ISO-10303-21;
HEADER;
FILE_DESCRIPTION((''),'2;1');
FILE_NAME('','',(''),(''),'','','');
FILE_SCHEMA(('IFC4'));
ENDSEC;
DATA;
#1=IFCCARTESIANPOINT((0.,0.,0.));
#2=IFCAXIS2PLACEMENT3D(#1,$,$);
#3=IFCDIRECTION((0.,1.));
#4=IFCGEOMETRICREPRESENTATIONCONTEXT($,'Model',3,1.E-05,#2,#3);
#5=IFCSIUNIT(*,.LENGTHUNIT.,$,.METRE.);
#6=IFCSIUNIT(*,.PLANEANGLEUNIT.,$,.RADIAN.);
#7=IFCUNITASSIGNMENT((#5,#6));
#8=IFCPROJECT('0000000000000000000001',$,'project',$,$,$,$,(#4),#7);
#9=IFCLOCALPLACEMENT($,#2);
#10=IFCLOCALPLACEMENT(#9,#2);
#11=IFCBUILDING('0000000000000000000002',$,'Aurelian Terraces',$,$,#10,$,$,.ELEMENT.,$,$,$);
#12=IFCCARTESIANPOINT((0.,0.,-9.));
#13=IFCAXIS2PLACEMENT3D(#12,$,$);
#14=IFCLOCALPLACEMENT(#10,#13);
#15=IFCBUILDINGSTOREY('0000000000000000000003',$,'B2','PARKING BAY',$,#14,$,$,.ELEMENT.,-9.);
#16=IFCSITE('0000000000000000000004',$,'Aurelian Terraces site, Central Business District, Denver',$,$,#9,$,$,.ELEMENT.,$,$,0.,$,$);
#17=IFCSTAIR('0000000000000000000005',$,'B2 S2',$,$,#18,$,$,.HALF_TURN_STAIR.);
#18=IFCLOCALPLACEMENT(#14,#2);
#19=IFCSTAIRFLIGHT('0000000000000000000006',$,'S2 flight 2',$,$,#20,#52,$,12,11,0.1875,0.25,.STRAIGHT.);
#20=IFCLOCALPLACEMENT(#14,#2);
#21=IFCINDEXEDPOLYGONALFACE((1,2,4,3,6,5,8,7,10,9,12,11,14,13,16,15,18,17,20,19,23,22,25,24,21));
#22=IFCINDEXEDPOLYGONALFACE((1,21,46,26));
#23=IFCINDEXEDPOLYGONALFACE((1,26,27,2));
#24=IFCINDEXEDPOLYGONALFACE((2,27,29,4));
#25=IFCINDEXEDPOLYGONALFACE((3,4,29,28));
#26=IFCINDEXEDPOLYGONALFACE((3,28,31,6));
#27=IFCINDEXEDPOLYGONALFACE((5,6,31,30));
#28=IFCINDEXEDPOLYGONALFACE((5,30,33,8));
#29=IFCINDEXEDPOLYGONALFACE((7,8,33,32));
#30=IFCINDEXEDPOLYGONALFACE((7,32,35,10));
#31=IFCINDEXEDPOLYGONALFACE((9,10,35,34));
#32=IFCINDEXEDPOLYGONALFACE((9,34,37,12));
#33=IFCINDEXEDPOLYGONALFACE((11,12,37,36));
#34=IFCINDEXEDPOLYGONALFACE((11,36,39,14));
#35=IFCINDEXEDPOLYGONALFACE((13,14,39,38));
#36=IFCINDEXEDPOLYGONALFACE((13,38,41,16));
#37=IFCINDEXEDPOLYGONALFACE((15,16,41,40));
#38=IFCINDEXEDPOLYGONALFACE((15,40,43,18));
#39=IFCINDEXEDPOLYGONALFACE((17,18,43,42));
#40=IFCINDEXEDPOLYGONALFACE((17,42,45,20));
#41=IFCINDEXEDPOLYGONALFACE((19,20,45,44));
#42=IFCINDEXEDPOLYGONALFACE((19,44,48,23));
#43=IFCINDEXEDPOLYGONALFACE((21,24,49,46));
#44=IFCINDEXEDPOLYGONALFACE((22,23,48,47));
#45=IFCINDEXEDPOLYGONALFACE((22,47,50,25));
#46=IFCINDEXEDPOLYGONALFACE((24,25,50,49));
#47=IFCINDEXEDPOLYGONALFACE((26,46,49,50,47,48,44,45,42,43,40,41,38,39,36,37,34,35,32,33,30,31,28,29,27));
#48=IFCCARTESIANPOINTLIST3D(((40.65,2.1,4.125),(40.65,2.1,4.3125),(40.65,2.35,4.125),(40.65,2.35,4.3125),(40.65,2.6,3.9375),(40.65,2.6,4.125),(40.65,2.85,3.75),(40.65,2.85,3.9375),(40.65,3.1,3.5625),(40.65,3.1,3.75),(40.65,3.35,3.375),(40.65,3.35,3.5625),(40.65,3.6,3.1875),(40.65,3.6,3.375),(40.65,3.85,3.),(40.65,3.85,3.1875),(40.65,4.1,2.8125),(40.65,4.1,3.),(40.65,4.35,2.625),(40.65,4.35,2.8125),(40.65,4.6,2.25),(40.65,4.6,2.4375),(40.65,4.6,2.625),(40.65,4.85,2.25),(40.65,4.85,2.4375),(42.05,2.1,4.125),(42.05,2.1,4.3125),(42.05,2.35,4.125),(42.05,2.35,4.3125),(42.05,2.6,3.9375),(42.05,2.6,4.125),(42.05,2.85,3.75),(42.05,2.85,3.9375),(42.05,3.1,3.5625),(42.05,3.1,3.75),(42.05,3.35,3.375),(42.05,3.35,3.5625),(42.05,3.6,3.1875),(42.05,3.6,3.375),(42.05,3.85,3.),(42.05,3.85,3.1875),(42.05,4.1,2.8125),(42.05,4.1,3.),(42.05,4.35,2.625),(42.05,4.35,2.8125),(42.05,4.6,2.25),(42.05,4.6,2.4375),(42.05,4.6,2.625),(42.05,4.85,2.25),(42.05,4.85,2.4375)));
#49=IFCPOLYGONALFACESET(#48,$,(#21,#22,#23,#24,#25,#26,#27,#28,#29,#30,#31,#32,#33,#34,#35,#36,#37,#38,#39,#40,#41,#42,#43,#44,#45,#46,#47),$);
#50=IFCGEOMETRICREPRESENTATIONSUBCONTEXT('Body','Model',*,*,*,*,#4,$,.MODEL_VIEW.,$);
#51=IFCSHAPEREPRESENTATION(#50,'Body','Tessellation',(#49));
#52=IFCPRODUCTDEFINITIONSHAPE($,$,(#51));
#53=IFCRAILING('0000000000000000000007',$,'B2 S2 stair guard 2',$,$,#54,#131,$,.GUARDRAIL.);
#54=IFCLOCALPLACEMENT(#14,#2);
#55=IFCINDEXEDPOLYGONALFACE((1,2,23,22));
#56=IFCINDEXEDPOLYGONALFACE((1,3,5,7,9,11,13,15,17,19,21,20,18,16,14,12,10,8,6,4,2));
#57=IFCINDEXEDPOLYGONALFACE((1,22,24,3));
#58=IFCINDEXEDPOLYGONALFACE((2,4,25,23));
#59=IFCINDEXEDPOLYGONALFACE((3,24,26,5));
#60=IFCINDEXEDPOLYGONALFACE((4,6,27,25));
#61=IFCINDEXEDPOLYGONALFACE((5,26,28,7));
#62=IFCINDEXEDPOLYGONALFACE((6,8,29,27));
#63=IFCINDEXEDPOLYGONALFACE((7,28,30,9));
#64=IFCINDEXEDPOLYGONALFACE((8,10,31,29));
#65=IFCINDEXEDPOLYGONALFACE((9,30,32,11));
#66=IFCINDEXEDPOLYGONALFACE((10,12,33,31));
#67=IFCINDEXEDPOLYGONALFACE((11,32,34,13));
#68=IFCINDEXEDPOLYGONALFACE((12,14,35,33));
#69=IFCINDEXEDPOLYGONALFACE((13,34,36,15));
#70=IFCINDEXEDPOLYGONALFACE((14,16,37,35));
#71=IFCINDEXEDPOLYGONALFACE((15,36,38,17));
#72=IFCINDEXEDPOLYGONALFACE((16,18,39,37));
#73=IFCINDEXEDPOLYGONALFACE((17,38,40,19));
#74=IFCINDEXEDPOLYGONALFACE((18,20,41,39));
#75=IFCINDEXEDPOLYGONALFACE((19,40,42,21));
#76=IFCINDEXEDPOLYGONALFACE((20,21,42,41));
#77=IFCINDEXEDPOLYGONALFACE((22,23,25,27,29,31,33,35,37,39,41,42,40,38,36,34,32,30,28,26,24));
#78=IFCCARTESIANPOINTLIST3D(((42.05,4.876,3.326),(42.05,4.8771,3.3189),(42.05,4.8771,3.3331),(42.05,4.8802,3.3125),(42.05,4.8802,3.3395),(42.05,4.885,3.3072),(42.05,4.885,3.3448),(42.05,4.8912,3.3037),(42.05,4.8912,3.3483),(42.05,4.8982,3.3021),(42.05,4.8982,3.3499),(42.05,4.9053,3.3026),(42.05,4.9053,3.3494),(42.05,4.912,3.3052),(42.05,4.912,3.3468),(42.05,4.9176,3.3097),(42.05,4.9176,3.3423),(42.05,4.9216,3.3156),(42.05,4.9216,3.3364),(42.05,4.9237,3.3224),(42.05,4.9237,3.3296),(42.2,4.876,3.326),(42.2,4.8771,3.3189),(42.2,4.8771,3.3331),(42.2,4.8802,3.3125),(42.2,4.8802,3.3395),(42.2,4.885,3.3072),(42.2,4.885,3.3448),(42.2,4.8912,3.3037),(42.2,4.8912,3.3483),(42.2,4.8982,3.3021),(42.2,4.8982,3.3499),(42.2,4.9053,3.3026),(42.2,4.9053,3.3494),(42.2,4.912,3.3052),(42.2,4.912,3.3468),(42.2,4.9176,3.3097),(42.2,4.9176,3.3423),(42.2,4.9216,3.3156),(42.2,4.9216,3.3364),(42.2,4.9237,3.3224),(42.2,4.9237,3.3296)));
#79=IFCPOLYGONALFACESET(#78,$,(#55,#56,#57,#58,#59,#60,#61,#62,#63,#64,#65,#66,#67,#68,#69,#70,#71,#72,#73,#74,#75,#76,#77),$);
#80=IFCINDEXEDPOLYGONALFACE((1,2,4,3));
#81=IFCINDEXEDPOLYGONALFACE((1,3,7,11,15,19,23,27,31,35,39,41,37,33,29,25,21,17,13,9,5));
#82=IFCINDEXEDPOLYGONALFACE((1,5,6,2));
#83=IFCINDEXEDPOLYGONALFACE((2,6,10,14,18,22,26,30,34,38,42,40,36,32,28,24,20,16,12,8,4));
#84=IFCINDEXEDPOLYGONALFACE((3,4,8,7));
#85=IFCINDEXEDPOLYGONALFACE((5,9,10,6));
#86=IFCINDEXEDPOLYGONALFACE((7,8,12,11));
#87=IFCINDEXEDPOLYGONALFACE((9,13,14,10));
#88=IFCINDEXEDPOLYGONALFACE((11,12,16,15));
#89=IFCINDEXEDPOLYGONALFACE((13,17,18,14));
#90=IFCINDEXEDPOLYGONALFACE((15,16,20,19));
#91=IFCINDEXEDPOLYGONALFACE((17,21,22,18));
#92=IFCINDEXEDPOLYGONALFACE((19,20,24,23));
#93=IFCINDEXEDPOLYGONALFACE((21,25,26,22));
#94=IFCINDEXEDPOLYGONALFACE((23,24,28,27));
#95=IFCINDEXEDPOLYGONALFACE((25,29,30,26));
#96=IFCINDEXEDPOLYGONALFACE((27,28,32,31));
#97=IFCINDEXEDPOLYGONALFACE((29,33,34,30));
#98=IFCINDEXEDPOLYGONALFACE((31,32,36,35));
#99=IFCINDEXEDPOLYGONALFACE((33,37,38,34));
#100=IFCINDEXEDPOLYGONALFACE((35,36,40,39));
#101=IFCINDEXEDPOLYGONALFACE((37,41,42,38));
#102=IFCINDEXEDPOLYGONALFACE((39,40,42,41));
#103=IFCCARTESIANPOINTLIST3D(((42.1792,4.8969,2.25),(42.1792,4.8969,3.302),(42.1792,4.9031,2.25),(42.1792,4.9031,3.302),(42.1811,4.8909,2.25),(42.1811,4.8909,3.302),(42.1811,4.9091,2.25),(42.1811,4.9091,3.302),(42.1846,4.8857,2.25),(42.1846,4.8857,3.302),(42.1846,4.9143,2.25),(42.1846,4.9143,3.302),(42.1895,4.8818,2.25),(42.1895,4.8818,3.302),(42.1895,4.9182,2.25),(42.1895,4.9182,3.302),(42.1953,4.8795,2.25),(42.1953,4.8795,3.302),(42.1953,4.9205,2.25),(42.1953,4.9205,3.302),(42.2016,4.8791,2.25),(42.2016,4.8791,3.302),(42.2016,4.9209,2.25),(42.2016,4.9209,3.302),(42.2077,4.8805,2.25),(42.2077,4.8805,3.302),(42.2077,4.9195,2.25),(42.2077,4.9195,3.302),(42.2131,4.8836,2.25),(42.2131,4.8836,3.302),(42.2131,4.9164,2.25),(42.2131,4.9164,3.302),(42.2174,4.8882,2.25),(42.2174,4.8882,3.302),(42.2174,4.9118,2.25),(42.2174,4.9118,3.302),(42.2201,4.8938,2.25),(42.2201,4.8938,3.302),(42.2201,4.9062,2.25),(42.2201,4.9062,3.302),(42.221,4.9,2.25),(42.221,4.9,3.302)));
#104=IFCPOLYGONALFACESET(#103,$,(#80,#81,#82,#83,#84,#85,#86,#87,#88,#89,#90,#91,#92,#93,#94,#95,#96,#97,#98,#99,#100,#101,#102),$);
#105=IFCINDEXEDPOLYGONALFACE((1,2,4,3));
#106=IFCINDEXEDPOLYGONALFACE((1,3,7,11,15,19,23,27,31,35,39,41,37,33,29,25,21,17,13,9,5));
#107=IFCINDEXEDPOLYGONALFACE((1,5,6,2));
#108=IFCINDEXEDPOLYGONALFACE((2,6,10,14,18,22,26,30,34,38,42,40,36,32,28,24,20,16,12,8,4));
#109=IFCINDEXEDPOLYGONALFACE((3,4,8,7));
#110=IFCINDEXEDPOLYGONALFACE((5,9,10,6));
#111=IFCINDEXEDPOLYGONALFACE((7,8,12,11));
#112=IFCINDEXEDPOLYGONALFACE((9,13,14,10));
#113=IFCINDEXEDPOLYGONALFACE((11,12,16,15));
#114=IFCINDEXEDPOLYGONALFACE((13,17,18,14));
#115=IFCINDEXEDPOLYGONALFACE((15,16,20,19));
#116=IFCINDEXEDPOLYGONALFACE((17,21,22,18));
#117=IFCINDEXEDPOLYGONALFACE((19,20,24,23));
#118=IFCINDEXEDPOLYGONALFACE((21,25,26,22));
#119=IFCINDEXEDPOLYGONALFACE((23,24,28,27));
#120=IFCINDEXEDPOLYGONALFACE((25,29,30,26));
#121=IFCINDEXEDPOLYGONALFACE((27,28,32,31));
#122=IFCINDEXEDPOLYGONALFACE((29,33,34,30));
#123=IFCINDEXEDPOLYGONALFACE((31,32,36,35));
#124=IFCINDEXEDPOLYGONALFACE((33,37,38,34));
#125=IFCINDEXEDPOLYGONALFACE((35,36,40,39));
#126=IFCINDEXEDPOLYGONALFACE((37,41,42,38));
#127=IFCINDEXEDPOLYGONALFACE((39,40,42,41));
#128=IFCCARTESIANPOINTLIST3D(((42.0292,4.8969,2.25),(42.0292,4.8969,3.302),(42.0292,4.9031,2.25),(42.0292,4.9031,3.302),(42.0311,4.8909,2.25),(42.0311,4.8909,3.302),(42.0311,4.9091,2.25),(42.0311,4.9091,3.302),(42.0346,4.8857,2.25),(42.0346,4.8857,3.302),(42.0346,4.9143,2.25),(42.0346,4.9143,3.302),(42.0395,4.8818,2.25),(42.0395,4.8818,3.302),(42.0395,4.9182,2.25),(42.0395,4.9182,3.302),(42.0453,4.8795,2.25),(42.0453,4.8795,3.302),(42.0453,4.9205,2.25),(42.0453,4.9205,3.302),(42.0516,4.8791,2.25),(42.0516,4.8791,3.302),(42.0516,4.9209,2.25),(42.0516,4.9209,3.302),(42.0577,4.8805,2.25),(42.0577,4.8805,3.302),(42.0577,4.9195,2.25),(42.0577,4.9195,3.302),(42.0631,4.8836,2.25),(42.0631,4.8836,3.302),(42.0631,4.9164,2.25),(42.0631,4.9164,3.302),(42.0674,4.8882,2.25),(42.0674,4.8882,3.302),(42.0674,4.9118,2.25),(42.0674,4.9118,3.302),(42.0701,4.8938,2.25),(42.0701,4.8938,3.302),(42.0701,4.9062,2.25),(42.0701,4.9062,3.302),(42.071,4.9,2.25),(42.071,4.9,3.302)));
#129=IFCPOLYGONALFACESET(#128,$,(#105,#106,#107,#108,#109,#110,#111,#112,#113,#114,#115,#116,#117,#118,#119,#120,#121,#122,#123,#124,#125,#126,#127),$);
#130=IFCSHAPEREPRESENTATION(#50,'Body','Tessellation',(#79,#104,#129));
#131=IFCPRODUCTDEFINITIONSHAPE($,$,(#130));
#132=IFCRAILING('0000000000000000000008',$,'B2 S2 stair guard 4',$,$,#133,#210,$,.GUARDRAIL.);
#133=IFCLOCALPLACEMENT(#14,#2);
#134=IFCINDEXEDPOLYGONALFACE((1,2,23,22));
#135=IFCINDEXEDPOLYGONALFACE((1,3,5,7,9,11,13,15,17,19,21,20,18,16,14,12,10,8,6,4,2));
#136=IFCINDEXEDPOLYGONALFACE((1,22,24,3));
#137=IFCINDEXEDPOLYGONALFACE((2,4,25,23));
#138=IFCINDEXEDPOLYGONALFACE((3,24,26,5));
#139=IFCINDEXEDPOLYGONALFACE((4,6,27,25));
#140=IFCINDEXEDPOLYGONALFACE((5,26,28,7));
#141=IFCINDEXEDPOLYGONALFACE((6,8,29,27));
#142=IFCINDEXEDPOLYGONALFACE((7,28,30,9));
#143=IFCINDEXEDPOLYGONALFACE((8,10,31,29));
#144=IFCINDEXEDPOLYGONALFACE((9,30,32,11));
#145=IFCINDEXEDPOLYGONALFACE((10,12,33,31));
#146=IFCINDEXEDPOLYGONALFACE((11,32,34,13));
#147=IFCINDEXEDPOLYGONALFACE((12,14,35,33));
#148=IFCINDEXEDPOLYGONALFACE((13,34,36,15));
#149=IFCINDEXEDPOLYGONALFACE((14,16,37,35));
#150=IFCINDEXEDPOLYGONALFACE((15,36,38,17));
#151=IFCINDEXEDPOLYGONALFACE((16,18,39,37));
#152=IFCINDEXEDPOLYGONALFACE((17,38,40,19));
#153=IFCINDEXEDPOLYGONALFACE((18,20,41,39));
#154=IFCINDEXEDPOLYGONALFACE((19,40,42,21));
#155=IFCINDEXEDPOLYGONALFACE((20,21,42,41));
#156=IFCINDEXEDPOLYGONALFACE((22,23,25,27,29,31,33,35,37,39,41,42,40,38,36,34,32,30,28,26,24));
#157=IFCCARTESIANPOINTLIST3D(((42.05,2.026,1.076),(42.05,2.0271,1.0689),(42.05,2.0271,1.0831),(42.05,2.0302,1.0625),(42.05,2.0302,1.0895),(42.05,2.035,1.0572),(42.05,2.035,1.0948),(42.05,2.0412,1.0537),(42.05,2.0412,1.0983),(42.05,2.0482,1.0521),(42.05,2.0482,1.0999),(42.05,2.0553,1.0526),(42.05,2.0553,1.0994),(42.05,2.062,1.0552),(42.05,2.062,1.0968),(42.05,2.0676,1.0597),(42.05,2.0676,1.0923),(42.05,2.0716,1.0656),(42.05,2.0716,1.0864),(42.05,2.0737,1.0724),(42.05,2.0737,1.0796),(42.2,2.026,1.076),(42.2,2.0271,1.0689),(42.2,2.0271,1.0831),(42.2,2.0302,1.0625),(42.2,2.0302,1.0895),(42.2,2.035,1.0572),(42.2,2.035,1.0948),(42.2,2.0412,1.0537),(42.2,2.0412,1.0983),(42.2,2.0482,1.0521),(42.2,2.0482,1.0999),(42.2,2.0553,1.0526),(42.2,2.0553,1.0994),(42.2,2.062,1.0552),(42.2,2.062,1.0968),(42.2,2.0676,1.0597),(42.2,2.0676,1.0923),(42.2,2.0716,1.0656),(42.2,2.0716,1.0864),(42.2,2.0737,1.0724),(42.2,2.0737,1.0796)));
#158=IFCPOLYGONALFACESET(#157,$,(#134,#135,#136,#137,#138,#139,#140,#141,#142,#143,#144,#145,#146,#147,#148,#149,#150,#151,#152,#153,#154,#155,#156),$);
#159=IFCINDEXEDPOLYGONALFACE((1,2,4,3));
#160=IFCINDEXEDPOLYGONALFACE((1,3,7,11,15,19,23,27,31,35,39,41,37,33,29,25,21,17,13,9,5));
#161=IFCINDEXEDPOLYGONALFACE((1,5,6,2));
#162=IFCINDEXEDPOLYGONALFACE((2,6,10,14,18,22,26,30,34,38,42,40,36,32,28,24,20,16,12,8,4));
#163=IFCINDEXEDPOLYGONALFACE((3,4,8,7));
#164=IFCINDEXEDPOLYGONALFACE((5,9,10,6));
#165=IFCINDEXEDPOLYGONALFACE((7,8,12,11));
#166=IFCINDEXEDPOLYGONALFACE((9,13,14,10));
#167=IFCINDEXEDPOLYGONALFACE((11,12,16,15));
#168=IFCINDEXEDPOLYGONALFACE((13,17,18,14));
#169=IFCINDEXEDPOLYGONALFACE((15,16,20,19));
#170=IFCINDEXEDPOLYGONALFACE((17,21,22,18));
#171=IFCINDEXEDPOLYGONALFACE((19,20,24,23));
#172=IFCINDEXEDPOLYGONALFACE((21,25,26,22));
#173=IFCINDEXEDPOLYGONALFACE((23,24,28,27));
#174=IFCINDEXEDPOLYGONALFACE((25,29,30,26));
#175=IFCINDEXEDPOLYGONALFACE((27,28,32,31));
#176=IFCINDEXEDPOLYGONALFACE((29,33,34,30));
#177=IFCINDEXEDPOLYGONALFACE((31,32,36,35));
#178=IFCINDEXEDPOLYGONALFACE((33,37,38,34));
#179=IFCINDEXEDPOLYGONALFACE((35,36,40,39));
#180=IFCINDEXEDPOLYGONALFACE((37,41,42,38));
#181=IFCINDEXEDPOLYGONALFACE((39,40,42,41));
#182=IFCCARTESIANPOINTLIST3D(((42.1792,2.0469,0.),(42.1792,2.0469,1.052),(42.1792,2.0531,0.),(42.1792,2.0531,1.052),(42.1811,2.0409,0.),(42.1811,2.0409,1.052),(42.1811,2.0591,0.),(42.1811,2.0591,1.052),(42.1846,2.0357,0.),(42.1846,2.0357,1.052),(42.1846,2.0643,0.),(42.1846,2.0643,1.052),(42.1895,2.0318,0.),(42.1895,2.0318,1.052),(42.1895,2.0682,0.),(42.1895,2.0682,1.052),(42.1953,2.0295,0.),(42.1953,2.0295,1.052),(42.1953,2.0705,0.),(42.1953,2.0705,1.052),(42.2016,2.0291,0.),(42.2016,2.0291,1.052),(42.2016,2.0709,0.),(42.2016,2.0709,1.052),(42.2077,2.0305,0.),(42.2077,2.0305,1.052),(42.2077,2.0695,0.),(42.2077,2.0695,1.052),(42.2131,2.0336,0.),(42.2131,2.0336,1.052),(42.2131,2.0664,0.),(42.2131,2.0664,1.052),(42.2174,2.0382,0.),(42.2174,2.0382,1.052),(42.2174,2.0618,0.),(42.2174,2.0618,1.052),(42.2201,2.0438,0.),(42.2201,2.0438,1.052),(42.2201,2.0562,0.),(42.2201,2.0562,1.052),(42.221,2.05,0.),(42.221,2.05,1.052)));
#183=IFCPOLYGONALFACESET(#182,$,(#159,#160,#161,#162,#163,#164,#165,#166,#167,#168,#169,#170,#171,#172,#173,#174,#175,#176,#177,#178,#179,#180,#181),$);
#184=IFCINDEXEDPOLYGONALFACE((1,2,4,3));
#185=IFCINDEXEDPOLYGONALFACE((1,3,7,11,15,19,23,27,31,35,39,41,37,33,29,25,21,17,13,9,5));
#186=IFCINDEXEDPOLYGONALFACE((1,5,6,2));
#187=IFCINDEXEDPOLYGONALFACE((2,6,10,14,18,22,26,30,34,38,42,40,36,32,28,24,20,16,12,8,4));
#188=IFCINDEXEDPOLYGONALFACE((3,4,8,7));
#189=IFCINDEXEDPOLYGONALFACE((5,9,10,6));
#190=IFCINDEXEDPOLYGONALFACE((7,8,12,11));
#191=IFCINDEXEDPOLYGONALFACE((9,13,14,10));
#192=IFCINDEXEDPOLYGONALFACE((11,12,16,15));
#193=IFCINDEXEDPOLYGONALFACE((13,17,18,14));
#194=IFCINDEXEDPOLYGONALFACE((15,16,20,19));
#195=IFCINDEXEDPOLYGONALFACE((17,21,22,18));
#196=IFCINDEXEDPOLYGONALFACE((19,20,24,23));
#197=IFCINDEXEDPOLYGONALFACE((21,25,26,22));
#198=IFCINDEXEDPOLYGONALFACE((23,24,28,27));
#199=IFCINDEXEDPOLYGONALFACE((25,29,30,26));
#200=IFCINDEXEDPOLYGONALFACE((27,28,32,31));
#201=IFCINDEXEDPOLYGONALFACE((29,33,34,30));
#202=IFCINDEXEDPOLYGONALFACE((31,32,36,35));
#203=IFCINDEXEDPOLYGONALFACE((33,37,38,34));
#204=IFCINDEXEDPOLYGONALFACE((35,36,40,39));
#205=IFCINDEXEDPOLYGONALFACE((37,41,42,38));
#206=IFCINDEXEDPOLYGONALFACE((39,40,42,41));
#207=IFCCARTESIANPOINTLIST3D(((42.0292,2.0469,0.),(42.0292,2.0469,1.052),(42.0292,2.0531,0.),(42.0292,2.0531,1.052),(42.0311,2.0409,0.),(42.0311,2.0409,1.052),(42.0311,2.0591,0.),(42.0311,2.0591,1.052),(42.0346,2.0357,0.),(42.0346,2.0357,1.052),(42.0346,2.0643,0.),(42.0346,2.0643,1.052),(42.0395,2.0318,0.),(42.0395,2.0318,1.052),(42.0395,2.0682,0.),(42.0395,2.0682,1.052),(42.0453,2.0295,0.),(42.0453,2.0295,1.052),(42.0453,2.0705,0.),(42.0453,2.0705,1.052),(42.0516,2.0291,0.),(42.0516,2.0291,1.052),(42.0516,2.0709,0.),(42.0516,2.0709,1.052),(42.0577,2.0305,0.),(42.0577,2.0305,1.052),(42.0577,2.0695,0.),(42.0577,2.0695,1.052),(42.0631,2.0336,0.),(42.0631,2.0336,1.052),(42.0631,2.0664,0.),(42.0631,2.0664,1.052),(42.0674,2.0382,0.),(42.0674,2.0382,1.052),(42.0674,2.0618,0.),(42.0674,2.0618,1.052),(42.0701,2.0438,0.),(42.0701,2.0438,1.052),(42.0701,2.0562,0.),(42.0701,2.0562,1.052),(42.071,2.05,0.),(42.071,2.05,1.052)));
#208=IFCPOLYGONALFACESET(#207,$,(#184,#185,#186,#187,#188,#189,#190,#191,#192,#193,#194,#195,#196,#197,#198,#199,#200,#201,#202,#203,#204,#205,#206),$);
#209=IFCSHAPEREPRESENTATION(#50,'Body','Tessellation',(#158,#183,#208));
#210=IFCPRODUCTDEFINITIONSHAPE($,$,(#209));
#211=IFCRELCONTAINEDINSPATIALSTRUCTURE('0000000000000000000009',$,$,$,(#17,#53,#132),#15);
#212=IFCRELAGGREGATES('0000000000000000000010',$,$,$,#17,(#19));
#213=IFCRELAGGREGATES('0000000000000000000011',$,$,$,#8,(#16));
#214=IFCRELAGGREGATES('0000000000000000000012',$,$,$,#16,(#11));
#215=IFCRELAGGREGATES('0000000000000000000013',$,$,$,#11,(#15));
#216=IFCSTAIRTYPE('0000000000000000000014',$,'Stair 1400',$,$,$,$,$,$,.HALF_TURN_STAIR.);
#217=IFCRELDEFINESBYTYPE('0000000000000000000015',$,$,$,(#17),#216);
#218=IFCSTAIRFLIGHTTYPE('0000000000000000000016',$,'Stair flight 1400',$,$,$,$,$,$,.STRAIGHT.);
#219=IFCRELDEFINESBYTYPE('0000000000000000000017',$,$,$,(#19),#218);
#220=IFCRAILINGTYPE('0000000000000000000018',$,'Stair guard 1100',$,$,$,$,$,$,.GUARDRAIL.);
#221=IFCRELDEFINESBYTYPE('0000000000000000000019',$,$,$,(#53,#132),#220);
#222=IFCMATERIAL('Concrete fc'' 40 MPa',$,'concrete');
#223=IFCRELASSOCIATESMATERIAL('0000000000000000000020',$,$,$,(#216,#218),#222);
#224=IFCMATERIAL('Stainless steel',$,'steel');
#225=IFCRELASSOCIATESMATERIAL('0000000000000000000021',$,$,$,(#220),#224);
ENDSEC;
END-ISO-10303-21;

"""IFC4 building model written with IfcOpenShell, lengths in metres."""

from ifc_helpers import new_model, si_unit, direction, frame, origin, origin_2d, place, context, subcontext, project, spatial, polyline, circle, outline, extrude, source, transform, mapped, material, type_object, element, aggregate, save


model = new_model("IFC4")

# Units and contexts
model_context = context("Model", 3, precision=1e-05, world=origin(), true_north=direction((0.0, 1.0)))
body_context = subcontext(model_context, "Body", "Model", "MODEL_VIEW")
ifc_project = project(units=[si_unit("LENGTHUNIT", "METRE"), si_unit("PLANEANGLEUNIT", "RADIAN")], contexts=[model_context])

# Site, building, storey
site_placement = place(None, origin())
site = spatial("IfcSite", under=ifc_project, at=site_placement, Name="Aurelian Terraces site, Central Business District, Denver", CompositionType="ELEMENT", RefElevation=0.0)
building_placement = place(site_placement, origin())
building = spatial("IfcBuilding", under=site, at=building_placement, Name="Aurelian Terraces", CompositionType="ELEMENT")
storey_placement = place(building_placement, frame((0.0, 0.0, -9.0)))
storey = spatial("IfcBuildingStorey", under=building, at=storey_placement, Name="B2", Description="PARKING BAY", CompositionType="ELEMENT", Elevation=-9.0)

# Shared definitions
ifc_material_1 = material(Name="Concrete fc' 40 MPa", Category="concrete")

# Stair, stair flight
stair_type = type_object("IfcStairType", Name="Stair 1400", PredefinedType="HALF_TURN_STAIR", material=ifc_material_1)
stair_placement = place(storey_placement, origin())
stair = element("IfcStair", 1, at=stair_placement, inside=storey, type_object=stair_type, Name="B2 S2", PredefinedType="HALF_TURN_STAIR")
stair_flight_type = type_object("IfcStairFlightType", Name="Stair flight 1400", PredefinedType="STRAIGHT", material=ifc_material_1)
shared_shape_1 = source(origin(), body_context, "Body", "SweptSolid", [
    extrude(outline(polyline([(0.0, 0.0), (0.0, 0.1875), (0.25, 0.1875), (0.25, 0.375), (0.5, 0.375), (0.5, 0.5625), (0.75, 0.5625), (0.75, 0.75), (1.0, 0.75), (1.0, 0.9375), (1.25, 0.9375), (1.25, 1.125), (1.5, 1.125), (1.5, 1.3125), (1.75, 1.3125), (1.75, 1.5), (2.0, 1.5), (2.0, 1.6875), (2.25, 1.6875), (2.25, 1.875), (2.5, 1.875), (2.5, 2.0625), (2.75, 2.0625), (2.75, 2.25), (2.75, 1.875), (0.25, 0.0), (0.0, 0.0)])), frame((0.0, 0.7, 0.0), z_axis=(0.0, -1.0, 0.0), x_axis=(1.0, 0.0, 0.0)), (0.0, 0.0, 1.0), 1.4),
])
stair_flight_1_placement = place(storey_placement, frame((41.35, 4.85, 2.25), z_axis=(0.0, 0.0, 1.0), x_axis=(0.0, -1.0, 0.0)))
stair_flight_1 = element("IfcStairFlight", 2, at=stair_flight_1_placement, type_object=stair_flight_type, Name="S2 flight 2", NumberOfRisers=12, NumberOfTreads=11, PredefinedType="STRAIGHT", RiserHeight=0.1875, TreadLength=0.25, context=body_context, shape_type="MappedRepresentation", body=[
    mapped(shared_shape_1, transform((0.0, 0.0, 0.0), scale=1.0)),
])
aggregate(stair, [stair_flight_1])

# Railings
ifc_material_2 = material(Name="Stainless steel", Category="steel")
railing_type_1 = type_object("IfcRailingType", Name="Stair guard 1100", PredefinedType="GUARDRAIL", material=ifc_material_2)
shared_shape_2 = source(origin(), body_context, "Body", "SweptSolid", [
    extrude(circle(Radius=0.024, at=origin_2d()), frame((0.0, 0.0, 1.076), z_axis=(-1.0, 0.0, 0.0), x_axis=(0.0, -1.0, 0.0)), (0.0, 0.0, 1.0), 0.15),
    extrude(circle(Radius=0.021, at=origin_2d()), origin(), (0.0, 0.0, 1.0), 1.052),
    extrude(circle(Radius=0.021, at=origin_2d()), frame((-0.15, 0.0, 0.0)), (0.0, 0.0, 1.0), 1.052),
])
for number, where, name in (
    (3, (42.2, 4.9, 2.25), "B2 S2 stair guard 2"),
    (4, (42.2, 2.05, 0.0), "B2 S2 stair guard 4"),
):
    element("IfcRailing", number, at=place(storey_placement, frame(where)), inside=storey, type_object=railing_type_1, Name=name, PredefinedType="GUARDRAIL", context=body_context, shape_type="MappedRepresentation", body=[
        mapped(shared_shape_2, transform((0.0, 0.0, 0.0), scale=1.0)),
    ])

save(model, "model.ifc")
